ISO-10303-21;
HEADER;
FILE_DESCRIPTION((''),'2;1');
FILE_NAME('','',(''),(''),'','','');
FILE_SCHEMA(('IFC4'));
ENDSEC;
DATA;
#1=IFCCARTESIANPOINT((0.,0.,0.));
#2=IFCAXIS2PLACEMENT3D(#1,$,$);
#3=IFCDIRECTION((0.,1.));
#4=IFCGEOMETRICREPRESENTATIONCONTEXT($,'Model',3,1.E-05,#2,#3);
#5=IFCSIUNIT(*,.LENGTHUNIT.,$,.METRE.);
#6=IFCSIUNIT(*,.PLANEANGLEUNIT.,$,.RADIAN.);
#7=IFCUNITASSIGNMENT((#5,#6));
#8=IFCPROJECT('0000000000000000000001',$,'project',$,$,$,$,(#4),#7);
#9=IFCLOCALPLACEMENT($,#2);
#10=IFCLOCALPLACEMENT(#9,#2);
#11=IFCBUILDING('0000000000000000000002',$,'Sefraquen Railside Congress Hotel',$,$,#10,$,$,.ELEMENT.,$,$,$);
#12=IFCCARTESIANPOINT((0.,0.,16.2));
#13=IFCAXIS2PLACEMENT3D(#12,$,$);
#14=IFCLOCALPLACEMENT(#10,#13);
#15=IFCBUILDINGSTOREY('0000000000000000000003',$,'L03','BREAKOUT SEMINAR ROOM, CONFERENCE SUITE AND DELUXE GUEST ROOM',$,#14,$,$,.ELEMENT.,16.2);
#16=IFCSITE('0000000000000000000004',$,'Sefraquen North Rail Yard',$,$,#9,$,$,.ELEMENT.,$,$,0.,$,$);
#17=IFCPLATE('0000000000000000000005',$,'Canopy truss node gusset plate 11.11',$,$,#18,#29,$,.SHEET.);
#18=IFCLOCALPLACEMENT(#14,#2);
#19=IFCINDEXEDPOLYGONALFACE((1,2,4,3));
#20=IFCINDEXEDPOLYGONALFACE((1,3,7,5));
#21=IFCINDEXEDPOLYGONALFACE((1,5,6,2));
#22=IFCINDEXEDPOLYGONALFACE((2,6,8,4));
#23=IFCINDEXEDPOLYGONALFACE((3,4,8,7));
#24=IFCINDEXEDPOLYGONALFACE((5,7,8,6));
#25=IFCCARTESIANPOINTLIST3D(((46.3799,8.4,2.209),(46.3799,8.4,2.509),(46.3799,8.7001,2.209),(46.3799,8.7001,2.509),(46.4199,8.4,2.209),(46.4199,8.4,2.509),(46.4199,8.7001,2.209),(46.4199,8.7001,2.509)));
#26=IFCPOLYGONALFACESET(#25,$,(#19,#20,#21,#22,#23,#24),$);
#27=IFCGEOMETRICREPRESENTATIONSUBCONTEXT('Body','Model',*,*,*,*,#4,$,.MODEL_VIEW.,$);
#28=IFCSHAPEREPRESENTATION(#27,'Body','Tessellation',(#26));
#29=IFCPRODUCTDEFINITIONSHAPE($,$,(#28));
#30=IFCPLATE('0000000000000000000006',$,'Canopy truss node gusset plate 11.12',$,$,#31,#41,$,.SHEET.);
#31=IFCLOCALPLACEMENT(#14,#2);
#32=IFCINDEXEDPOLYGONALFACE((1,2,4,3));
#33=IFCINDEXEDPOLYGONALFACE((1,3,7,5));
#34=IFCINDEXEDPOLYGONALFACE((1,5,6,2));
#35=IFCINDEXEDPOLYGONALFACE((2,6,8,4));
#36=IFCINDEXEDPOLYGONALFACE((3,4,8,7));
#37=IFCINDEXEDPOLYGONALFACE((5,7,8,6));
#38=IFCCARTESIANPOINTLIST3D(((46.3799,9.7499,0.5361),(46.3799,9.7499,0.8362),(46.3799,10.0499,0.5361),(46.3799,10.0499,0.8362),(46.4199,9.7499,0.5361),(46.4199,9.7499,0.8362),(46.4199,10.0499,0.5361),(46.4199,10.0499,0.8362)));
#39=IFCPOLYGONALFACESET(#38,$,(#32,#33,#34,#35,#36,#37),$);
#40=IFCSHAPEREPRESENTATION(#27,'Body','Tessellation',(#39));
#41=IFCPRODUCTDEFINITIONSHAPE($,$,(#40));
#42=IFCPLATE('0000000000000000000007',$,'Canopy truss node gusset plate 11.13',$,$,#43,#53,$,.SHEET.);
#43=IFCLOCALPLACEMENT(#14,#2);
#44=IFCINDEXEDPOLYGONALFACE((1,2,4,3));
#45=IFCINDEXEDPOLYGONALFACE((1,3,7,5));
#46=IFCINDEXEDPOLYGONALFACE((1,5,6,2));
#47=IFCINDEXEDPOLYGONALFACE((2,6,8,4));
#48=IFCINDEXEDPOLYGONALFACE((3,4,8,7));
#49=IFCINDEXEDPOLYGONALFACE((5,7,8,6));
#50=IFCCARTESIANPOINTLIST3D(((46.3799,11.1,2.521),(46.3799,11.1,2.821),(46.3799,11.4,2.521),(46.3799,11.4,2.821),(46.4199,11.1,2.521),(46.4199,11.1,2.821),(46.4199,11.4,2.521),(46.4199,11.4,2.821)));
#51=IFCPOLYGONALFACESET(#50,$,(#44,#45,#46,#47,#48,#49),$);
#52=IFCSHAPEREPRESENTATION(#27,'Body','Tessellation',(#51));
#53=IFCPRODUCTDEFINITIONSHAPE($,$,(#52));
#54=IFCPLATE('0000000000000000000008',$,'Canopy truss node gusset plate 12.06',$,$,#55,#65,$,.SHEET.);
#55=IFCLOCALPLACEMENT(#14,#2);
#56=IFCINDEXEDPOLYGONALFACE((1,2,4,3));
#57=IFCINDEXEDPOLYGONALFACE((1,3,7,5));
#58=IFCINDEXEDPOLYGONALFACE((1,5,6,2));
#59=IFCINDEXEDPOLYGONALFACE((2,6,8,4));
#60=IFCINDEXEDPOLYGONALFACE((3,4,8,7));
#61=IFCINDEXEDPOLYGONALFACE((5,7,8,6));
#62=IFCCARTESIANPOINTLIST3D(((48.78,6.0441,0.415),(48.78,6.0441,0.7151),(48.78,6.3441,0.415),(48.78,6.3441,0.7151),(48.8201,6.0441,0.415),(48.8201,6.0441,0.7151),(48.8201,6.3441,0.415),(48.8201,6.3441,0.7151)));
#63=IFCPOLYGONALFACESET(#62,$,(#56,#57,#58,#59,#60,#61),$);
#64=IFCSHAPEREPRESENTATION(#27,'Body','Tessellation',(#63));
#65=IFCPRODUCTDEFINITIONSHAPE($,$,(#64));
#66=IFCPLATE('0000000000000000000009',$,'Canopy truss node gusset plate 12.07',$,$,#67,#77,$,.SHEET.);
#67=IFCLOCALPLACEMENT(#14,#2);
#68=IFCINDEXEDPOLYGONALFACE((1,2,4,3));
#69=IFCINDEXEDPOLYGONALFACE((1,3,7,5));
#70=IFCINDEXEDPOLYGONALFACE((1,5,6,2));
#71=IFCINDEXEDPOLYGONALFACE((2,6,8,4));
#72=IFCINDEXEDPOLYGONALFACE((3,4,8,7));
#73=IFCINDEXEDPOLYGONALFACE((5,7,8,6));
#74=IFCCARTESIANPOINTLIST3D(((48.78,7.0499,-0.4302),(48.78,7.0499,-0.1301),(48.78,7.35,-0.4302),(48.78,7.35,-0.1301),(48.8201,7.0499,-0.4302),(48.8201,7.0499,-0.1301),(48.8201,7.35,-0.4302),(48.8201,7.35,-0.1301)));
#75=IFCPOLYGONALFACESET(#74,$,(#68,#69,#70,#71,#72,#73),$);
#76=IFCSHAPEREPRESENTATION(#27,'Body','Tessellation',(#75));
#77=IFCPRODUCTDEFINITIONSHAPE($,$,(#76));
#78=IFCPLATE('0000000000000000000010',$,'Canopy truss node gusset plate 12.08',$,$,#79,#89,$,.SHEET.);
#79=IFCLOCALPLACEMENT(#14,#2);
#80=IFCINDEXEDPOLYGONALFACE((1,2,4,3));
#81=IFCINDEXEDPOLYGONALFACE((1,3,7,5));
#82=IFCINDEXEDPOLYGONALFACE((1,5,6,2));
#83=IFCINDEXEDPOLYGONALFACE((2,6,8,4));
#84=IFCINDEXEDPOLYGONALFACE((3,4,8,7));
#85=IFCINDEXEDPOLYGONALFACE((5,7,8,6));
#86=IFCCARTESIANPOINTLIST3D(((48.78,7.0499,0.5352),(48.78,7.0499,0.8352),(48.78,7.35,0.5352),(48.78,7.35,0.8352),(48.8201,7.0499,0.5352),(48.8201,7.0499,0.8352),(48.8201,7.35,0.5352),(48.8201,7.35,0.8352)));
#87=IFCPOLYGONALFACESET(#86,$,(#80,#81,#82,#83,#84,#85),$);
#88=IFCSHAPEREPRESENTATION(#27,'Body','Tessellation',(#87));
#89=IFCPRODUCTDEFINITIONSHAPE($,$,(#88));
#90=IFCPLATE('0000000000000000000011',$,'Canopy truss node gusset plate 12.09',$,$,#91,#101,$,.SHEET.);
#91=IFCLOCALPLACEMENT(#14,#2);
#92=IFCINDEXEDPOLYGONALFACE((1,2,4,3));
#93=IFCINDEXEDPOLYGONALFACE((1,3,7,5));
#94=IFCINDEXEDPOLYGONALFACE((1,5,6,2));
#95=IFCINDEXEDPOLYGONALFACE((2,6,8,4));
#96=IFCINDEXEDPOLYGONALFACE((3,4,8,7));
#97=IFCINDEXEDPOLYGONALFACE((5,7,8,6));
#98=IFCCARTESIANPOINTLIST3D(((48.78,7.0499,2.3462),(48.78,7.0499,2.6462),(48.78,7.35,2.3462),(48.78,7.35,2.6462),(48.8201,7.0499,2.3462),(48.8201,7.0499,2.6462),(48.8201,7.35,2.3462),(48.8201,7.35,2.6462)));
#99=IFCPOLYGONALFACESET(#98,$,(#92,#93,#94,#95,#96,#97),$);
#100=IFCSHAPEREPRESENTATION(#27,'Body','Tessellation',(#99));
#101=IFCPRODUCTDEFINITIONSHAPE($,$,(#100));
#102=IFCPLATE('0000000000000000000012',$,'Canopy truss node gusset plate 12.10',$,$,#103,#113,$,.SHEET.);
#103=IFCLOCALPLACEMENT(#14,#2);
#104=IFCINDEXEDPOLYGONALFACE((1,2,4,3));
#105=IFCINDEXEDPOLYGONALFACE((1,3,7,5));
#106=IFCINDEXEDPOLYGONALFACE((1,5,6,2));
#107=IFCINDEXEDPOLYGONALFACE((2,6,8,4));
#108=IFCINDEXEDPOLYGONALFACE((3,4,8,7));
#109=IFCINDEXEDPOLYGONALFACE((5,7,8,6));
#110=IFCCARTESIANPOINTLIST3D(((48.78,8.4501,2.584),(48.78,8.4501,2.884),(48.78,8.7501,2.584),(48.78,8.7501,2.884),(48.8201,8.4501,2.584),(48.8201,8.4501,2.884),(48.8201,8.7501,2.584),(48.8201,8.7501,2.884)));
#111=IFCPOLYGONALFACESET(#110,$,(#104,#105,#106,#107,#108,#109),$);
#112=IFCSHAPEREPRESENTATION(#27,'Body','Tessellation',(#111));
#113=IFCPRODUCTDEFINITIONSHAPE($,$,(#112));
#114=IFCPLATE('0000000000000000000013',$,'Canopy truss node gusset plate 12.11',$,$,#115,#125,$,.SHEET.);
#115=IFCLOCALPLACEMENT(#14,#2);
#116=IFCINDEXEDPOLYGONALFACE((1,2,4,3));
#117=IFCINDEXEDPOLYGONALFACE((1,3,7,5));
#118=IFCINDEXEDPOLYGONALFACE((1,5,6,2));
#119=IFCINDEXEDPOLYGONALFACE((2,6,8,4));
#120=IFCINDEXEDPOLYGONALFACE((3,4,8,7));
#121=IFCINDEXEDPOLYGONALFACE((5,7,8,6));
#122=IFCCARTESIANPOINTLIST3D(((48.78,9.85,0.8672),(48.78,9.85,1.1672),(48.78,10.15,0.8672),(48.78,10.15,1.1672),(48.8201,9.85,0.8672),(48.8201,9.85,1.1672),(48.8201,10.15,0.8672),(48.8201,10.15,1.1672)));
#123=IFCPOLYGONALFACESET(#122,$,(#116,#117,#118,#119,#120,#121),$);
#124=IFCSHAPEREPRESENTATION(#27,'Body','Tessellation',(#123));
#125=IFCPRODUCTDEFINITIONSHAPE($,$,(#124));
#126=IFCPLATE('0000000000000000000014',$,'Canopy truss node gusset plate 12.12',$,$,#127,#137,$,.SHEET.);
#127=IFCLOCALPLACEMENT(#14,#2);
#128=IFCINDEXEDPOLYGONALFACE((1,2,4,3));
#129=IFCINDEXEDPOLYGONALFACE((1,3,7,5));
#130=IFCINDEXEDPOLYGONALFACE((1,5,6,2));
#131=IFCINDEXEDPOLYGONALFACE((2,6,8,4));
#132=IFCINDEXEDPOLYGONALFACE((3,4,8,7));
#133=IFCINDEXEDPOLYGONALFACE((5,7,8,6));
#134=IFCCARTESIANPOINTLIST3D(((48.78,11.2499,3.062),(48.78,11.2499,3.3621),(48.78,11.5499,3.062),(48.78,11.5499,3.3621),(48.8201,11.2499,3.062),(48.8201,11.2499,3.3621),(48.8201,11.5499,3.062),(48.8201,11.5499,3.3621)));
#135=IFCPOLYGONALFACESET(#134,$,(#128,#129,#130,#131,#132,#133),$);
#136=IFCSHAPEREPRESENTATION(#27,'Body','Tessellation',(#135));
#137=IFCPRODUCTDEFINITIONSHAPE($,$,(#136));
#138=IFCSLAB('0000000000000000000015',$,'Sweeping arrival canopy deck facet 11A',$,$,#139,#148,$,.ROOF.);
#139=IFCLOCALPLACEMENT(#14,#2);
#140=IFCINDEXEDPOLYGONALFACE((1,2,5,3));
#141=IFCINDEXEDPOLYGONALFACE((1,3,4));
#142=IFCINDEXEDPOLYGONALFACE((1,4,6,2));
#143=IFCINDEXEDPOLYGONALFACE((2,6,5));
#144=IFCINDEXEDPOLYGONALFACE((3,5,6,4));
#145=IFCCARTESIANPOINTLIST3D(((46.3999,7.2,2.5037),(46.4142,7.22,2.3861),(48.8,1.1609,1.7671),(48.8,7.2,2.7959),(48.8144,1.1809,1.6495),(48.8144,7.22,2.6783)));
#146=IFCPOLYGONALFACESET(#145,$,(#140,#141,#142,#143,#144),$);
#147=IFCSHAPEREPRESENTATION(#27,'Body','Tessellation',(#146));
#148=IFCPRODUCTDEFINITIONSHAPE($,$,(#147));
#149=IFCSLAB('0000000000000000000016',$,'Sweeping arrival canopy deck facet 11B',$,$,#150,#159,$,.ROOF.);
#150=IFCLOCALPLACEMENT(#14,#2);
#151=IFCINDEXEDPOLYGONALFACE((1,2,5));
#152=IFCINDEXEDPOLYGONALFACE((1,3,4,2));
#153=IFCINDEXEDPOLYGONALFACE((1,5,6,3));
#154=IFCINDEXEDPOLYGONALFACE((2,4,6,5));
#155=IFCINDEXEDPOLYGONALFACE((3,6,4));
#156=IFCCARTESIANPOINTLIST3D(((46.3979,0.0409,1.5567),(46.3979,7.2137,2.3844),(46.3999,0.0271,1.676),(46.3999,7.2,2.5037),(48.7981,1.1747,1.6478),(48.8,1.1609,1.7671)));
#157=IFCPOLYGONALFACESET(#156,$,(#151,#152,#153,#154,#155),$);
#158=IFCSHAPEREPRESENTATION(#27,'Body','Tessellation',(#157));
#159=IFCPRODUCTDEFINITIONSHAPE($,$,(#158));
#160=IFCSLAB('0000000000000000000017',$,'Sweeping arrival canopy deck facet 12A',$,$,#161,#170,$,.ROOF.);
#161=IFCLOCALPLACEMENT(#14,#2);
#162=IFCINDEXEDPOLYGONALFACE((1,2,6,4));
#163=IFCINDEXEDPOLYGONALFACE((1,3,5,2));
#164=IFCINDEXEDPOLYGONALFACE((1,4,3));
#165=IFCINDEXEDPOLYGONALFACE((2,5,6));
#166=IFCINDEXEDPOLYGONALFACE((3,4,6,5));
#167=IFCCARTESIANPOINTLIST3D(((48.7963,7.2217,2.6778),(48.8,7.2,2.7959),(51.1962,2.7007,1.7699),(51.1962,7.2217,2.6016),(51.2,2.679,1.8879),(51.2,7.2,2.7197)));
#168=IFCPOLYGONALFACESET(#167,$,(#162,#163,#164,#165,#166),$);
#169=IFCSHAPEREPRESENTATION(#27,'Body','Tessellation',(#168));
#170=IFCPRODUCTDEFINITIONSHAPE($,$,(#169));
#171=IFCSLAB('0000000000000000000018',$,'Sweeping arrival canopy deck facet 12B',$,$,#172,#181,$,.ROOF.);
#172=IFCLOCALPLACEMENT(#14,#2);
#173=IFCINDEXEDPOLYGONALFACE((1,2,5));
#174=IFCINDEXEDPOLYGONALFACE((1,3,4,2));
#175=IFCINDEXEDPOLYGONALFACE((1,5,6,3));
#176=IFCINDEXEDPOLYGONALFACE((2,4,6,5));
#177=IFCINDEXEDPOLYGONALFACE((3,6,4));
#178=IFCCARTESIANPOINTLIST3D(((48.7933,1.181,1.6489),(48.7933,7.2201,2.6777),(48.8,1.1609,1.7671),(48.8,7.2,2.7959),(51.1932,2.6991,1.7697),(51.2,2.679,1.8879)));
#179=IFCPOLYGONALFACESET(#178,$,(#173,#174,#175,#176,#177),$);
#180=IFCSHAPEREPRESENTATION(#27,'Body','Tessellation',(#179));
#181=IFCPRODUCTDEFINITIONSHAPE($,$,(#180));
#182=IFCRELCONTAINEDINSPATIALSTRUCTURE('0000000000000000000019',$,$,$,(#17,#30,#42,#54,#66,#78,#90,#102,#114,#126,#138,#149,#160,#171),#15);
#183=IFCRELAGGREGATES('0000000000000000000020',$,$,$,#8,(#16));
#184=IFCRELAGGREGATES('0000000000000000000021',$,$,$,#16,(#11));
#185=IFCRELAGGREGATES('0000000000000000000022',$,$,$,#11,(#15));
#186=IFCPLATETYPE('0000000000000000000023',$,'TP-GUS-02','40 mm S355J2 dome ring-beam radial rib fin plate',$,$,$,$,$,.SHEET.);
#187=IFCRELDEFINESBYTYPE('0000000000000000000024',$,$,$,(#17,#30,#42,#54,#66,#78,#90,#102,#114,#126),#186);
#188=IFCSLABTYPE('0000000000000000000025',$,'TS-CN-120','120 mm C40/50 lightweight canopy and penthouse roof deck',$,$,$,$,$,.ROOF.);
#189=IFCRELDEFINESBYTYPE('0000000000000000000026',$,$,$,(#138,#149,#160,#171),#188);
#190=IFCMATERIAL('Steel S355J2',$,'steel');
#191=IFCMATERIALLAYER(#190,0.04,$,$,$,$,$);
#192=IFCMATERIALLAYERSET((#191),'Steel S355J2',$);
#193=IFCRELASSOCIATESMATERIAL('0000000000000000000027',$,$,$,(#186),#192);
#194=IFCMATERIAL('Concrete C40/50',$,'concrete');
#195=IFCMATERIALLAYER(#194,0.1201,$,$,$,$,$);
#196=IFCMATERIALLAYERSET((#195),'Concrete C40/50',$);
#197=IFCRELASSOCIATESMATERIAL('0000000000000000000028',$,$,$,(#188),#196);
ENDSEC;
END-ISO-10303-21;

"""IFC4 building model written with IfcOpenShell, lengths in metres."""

from ifc_helpers import new_model, si_unit, direction, frame, origin, origin_2d, place, context, subcontext, project, spatial, polyline, rectangle, outline, extrude, material, layer, layer_set, type_object, element, save


model = new_model("IFC4")

# Units and contexts
model_context = context("Model", 3, precision=1e-05, world=origin(), true_north=direction((0.0, 1.0)))
body_context = subcontext(model_context, "Body", "Model", "MODEL_VIEW")
ifc_project = project(units=[si_unit("LENGTHUNIT", "METRE"), si_unit("PLANEANGLEUNIT", "RADIAN")], contexts=[model_context])

# Site, building, storey
site_placement = place(None, origin())
site = spatial("IfcSite", under=ifc_project, at=site_placement, Name="Sefraquen North Rail Yard", CompositionType="ELEMENT", RefElevation=0.0)
building_placement = place(site_placement, origin())
building = spatial("IfcBuilding", under=site, at=building_placement, Name="Sefraquen Railside Congress Hotel", CompositionType="ELEMENT")
storey_placement = place(building_placement, frame((0.0, 0.0, 16.2)))
storey = spatial("IfcBuildingStorey", under=building, at=storey_placement, Name="L03", Description="BREAKOUT SEMINAR ROOM, CONFERENCE SUITE AND DELUXE GUEST ROOM", CompositionType="ELEMENT", Elevation=16.2)

# Shared definitions
ifc_material_1 = material(Name="Steel S355J2", Category="steel")

# Plates
ifc_layer_1 = layer(ifc_material_1, 0.04)
ifc_layer_set_1 = layer_set([ifc_layer_1], Name="Steel S355J2")
plate_type = type_object("IfcPlateType", Name="TP-GUS-02", Description="40 mm S355J2 dome ring-beam radial rib fin plate", PredefinedType="SHEET", material=ifc_layer_set_1)
for number, where, z_axis, x_axis, name in (
    (1, (46.3999, 8.55, 2.209), (0.0, 0.0, 1.0), (1.0, 0.0, 0.0), "Canopy truss node gusset plate 11.11"),
    (2, (46.3999, 9.8999, 0.5361), (0.0, 0.0, 1.0), (1.0, 0.0, 0.0), "Canopy truss node gusset plate 11.12"),
    (3, (46.3999, 11.25, 2.521), (0.0, 0.0, 1.0), (1.0, 0.0, 0.0), "Canopy truss node gusset plate 11.13"),
    (4, (48.8, 6.1941, 0.415), (0.0, 0.0, 1.0), (1.0, 0.0, 0.0), "Canopy truss node gusset plate 12.06"),
    (5, (48.8, 7.2, -0.4302), (0.0, 0.0, 1.0), (1.0, 0.0, 0.0), "Canopy truss node gusset plate 12.07"),
    (6, (48.8, 7.2, 0.5352), (0.0, 0.0, 1.0), (1.0, 0.0, 0.0), "Canopy truss node gusset plate 12.08"),
    (7, (48.8, 7.2, 2.3462), (0.0, 0.0, 1.0), (1.0, 0.0, 0.0), "Canopy truss node gusset plate 12.09"),
    (8, (48.8, 8.6001, 2.584), (0.0, 0.0, 1.0), (1.0, 0.0, 0.0), "Canopy truss node gusset plate 12.10"),
    (9, (48.8, 10.0, 0.8672), (0.0, 0.0, 1.0), (1.0, 0.0, 0.0), "Canopy truss node gusset plate 12.11"),
    (10, (48.8, 11.3999, 3.062), (0.0, 0.0, 1.0), (1.0, 0.0, 0.0), "Canopy truss node gusset plate 12.12"),
):
    element("IfcPlate", number, at=place(storey_placement, frame(where, z_axis=z_axis, x_axis=x_axis)), inside=storey, type_object=plate_type, Name=name, PredefinedType="SHEET", context=body_context, shape_type="SweptSolid", body=[
        extrude(rectangle(XDim=0.04, YDim=0.3, at=origin_2d()), origin(), (0.0, 0.0, 1.0), 0.3),
    ])

# Slabs
ifc_material_2 = material(Name="Concrete C40/50", Category="concrete")
ifc_layer_2 = layer(ifc_material_2, 0.1201)
ifc_layer_set_2 = layer_set([ifc_layer_2], Name="Concrete C40/50")
slab_type = type_object("IfcSlabType", Name="TS-CN-120", Description="120 mm C40/50 lightweight canopy and penthouse roof deck", PredefinedType="ROOF", material=ifc_layer_set_2)
slab_1_placement = place(storey_placement, frame((46.3999, 7.2, 2.5037), z_axis=(-0.119173, -0.166743, 0.978772), x_axis=(0.992669, 0.0, 0.120865)))
element("IfcSlab", 11, at=slab_1_placement, inside=storey, type_object=slab_type, Name="Sweeping arrival canopy deck facet 11A", PredefinedType="ROOF", context=body_context, shape_type="SweptSolid", body=[
    extrude(outline(polyline([(0.0, 0.0), (2.4179, 0.0), (2.2935, -6.1248), (0.0, 0.0)])), origin(), (0.0, 0.0, -1.0), 0.1201),
])
slab_2_placement = place(storey_placement, frame((46.3999, 7.2, 2.5037), z_axis=(0.016453, -0.114609, 0.993274), x_axis=(0.366987, -0.923383, -0.112623)))
element("IfcSlab", 12, at=slab_2_placement, inside=storey, type_object=slab_type, Name="Sweeping arrival canopy deck facet 11B", PredefinedType="ROOF", context=body_context, shape_type="SweptSolid", body=[
    extrude(outline(polyline([(0.0, 0.0), (6.5401, 0.0), (6.7165, -2.6502), (0.0, 0.0)])), origin(), (0.0, 0.0, -1.0), 0.1201),
])
slab_3_placement = place(storey_placement, frame((48.8, 7.2, 2.7959), z_axis=(0.0312, -0.180858, 0.983014), x_axis=(0.999497, 0.0, -0.031724)))
element("IfcSlab", 13, at=slab_3_placement, inside=storey, type_object=slab_type, Name="Sweeping arrival canopy deck facet 12A", PredefinedType="ROOF", context=body_context, shape_type="SweptSolid", body=[
    extrude(outline(polyline([(0.0, 0.0), (2.4011, 0.0), (2.4275, -4.5968), (0.0, 0.0)])), origin(), (0.0, 0.0, -1.0), 0.1201),
])
slab_4_placement = place(storey_placement, frame((48.8, 7.2, 2.7959), z_axis=(0.056499, -0.167671, 0.984223), x_axis=(0.461662, -0.869691, -0.174661)))
element("IfcSlab", 14, at=slab_4_placement, inside=storey, type_object=slab_type, Name="Sweeping arrival canopy deck facet 12B", PredefinedType="ROOF", context=body_context, shape_type="SweptSolid", body=[
    extrude(outline(polyline([(0.0, 0.0), (5.1984, 0.0), (5.4318, -2.8327), (0.0, 0.0)])), origin(), (0.0, 0.0, -1.0), 0.1201),
])

save(model, "model.ifc")
